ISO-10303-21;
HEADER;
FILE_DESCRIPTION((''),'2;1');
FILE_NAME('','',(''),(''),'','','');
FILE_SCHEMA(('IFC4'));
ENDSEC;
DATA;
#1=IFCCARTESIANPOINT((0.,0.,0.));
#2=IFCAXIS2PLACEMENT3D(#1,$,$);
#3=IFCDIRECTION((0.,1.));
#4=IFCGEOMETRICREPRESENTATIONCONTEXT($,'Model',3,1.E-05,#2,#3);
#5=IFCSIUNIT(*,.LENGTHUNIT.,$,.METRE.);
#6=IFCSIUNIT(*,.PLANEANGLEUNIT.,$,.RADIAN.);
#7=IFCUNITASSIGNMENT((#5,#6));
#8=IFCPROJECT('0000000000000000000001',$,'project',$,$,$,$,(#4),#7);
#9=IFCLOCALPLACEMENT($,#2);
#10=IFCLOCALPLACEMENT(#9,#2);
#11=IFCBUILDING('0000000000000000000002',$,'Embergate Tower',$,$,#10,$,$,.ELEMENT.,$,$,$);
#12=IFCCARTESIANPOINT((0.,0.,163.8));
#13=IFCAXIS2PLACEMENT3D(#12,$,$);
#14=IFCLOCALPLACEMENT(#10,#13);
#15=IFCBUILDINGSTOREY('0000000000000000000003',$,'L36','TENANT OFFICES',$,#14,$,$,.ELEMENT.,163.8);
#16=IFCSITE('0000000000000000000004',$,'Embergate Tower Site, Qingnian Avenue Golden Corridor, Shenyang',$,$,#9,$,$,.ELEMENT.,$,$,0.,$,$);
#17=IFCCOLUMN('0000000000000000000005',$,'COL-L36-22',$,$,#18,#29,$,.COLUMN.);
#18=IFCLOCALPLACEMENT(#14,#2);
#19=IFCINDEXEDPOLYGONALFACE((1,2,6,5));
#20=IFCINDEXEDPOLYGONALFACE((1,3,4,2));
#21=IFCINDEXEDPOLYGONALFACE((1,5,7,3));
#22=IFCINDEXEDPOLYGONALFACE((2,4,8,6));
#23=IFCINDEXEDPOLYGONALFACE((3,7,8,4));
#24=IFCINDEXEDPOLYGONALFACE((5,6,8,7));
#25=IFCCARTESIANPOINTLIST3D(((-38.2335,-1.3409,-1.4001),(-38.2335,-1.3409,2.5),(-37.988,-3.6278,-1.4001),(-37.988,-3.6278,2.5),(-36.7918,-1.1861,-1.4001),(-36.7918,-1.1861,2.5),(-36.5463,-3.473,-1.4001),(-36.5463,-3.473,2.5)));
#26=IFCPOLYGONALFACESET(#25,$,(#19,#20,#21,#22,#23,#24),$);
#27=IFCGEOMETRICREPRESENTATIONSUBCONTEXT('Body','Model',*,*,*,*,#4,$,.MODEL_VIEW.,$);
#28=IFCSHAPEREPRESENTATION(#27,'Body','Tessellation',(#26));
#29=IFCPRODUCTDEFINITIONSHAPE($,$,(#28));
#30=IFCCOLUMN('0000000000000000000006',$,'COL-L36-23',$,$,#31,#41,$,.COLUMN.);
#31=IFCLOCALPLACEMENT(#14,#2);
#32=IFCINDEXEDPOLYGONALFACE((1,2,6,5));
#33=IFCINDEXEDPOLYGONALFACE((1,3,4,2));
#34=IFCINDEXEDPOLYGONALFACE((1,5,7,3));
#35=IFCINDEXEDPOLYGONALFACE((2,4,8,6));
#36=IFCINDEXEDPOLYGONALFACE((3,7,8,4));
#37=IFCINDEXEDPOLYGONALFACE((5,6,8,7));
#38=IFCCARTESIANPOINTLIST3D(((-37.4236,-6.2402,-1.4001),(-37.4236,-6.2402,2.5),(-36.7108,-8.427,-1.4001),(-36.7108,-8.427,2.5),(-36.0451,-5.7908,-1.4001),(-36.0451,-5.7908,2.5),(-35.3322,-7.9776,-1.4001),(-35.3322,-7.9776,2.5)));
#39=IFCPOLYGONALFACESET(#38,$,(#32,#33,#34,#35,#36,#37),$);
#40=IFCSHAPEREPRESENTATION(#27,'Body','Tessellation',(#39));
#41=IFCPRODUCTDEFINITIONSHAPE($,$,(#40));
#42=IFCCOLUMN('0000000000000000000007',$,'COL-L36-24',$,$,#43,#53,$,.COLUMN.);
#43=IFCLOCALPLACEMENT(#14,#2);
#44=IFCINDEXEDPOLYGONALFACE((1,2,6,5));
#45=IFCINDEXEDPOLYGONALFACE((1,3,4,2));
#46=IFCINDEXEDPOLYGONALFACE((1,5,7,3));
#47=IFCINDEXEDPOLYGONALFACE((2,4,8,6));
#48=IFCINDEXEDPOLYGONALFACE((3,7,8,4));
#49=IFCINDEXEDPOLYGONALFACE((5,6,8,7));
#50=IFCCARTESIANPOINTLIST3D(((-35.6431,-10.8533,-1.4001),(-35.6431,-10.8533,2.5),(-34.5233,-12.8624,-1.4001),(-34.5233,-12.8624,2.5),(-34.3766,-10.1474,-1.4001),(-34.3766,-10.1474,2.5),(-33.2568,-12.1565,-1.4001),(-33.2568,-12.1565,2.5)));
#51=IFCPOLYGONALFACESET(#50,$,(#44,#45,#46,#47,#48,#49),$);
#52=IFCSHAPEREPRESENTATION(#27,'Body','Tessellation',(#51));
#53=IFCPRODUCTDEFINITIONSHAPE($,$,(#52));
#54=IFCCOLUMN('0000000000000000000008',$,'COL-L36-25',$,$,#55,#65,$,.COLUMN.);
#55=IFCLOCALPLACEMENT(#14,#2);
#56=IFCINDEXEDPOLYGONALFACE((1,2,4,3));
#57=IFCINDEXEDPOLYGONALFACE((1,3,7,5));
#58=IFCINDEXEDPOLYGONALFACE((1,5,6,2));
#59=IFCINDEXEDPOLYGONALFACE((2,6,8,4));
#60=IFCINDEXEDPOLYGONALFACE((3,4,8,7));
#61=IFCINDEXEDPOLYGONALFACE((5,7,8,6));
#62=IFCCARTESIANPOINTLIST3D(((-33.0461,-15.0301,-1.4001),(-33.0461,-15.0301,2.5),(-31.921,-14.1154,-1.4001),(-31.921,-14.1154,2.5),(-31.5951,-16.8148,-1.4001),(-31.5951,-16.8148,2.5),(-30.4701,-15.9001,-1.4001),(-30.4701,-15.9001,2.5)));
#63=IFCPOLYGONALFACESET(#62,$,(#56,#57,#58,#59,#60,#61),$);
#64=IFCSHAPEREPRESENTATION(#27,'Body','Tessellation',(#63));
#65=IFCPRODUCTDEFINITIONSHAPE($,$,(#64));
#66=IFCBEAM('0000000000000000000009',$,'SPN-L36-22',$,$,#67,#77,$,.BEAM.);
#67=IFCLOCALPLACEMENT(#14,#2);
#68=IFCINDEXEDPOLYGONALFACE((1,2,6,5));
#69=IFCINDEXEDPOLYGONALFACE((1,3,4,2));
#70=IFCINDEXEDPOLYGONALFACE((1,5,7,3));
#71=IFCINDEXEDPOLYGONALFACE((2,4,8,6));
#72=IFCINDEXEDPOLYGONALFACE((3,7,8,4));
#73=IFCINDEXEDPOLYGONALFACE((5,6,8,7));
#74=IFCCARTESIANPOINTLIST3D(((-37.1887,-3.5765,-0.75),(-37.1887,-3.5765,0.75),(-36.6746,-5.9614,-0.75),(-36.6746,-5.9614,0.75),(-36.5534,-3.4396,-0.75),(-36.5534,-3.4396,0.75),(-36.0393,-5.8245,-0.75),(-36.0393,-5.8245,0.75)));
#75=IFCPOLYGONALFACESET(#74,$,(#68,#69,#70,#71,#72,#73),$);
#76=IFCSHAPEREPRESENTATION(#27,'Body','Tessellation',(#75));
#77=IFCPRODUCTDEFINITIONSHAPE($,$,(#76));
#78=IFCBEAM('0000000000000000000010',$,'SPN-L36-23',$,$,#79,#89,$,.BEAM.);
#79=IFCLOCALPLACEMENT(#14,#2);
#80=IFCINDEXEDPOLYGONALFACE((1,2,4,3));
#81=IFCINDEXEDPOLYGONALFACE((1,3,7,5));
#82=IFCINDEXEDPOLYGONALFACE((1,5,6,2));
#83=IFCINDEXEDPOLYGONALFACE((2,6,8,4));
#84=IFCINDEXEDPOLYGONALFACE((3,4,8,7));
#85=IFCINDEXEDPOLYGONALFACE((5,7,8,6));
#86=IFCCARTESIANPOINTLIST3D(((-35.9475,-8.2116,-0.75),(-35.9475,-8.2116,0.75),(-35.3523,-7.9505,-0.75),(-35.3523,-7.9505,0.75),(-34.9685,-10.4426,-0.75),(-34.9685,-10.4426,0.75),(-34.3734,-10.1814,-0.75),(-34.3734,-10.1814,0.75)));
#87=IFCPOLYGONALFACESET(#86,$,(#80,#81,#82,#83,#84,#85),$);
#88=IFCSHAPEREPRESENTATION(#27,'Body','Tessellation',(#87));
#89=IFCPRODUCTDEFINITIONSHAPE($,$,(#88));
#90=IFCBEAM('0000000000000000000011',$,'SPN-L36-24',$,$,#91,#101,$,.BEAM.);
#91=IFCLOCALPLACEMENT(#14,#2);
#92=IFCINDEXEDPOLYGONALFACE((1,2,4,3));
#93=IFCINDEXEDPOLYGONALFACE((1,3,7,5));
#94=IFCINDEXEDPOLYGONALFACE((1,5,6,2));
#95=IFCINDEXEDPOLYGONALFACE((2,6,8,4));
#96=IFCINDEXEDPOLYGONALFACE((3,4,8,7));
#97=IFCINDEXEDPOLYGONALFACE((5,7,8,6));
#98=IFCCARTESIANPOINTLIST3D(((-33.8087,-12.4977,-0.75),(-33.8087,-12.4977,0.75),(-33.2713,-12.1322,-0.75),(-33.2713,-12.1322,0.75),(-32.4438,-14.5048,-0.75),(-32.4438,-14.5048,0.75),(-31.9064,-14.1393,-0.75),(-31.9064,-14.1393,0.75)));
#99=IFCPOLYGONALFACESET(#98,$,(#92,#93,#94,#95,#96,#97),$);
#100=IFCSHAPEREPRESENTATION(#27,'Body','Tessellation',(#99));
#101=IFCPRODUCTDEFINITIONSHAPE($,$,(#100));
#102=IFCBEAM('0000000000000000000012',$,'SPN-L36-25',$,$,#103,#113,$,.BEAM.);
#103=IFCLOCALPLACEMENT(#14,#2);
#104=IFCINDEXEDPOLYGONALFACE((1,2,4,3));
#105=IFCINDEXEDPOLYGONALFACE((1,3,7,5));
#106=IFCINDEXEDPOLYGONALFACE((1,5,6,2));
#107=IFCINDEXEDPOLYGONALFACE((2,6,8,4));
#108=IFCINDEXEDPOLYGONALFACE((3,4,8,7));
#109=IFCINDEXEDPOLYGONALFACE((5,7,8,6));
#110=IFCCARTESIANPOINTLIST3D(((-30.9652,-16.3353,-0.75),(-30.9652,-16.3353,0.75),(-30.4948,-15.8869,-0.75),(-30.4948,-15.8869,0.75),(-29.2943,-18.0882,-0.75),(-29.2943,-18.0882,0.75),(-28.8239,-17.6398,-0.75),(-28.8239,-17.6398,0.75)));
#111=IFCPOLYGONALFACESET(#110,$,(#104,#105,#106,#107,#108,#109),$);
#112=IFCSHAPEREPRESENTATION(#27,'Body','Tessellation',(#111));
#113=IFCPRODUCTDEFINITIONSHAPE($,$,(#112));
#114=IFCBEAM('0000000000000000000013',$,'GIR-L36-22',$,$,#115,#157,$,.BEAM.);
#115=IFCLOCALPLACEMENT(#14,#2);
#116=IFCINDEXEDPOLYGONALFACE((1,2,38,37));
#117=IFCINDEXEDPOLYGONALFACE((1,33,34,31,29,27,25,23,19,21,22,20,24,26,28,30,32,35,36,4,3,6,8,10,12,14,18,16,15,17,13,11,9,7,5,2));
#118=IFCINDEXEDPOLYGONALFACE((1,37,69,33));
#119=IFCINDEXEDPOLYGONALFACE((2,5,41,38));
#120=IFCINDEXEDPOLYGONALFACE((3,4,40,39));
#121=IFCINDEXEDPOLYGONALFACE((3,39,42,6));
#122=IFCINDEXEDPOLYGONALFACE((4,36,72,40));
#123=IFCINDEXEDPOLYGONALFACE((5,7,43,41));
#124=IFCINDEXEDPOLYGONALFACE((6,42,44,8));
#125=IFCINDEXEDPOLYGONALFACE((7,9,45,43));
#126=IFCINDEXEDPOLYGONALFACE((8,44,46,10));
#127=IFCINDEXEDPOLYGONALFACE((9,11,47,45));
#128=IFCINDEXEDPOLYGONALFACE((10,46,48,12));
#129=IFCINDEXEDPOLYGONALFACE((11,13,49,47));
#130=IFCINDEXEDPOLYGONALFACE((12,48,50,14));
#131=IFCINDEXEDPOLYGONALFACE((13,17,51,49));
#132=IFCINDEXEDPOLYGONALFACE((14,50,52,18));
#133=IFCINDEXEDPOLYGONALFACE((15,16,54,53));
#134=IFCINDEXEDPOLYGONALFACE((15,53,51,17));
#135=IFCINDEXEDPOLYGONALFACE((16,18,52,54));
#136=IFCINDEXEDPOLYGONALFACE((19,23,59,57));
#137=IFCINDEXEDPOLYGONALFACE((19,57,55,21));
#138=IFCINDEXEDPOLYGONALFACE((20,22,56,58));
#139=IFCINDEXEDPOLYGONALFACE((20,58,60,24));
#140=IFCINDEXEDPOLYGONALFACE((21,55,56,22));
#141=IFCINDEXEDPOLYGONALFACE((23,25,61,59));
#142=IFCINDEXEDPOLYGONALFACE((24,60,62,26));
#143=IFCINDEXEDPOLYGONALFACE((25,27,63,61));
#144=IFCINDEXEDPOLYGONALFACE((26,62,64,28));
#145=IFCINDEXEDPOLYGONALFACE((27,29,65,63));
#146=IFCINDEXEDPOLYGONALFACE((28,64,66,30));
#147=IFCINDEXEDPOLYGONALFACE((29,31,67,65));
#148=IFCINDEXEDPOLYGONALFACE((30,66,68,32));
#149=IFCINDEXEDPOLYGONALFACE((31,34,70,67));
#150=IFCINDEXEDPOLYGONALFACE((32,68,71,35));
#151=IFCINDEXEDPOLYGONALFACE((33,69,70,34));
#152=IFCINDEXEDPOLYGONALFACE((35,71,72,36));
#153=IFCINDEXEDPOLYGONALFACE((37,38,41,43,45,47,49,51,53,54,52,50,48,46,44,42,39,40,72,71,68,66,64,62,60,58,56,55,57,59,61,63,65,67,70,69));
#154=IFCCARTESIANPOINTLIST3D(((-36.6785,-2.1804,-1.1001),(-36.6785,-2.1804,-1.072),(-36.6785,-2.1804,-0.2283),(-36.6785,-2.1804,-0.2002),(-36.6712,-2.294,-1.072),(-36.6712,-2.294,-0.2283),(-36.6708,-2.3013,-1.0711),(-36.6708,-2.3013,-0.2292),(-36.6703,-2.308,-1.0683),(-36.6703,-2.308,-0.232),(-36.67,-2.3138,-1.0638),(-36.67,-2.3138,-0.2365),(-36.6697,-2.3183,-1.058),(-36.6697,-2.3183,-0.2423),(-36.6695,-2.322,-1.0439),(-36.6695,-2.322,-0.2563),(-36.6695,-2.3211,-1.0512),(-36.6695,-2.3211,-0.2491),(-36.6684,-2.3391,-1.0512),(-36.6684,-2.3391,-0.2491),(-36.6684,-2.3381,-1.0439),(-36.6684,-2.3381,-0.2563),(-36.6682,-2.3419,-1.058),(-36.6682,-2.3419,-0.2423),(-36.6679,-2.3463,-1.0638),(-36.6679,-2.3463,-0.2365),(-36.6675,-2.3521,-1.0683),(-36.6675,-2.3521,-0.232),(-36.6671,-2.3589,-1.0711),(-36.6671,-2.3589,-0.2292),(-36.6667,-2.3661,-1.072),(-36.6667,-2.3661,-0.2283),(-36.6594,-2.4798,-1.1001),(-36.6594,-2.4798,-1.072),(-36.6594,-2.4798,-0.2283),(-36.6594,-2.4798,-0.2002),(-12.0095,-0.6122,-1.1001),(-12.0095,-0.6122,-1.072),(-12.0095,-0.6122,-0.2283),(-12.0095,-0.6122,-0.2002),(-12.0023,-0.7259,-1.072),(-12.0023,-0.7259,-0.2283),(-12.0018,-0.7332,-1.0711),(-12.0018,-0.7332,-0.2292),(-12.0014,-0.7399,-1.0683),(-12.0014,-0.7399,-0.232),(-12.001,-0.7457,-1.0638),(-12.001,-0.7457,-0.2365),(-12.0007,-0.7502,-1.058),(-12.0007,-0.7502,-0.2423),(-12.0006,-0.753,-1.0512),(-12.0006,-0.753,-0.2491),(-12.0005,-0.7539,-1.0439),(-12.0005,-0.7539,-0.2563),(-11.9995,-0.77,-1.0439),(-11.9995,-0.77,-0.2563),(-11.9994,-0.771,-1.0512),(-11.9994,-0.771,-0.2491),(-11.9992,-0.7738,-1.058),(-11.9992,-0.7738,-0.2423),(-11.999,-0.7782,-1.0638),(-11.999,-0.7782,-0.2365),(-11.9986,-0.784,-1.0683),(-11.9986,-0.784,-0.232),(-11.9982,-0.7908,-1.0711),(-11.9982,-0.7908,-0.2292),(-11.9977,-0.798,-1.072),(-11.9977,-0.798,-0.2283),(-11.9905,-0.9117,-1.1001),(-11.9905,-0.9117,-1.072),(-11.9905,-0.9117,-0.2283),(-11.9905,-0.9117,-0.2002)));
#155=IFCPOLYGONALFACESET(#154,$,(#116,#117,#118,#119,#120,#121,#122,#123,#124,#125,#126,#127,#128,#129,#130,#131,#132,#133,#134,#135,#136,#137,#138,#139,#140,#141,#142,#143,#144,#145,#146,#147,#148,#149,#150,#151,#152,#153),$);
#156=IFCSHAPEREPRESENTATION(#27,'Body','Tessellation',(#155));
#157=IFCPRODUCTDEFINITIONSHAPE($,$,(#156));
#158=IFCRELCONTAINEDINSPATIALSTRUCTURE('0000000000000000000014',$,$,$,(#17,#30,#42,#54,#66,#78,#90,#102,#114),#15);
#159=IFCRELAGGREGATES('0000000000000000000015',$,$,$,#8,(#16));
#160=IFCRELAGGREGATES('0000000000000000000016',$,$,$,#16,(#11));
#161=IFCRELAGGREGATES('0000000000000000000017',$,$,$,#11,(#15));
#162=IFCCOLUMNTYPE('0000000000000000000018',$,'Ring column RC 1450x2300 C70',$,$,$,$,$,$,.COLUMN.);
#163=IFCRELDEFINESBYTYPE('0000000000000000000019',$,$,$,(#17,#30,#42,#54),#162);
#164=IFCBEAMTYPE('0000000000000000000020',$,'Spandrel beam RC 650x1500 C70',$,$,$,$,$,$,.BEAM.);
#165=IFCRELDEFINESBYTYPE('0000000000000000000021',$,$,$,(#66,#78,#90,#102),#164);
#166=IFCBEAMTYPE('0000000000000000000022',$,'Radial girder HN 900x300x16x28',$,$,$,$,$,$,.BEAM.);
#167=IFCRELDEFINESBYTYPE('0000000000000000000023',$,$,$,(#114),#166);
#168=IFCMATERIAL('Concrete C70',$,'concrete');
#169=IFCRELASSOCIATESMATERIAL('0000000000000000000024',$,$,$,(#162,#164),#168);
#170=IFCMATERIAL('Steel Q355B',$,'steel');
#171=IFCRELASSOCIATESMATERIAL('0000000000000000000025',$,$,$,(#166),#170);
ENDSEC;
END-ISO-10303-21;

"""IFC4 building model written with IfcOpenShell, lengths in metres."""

from ifc_helpers import new_model, si_unit, direction, frame, origin, origin_2d, place, context, subcontext, project, spatial, rectangle, i_section, extrude, source, transform, mapped, material, material_profile, profile_set, type_object, element, save


model = new_model("IFC4")

# Units and contexts
model_context = context("Model", 3, precision=1e-05, world=origin(), true_north=direction((0.0, 1.0)))
body_context = subcontext(model_context, "Body", "Model", "MODEL_VIEW")
ifc_project = project(units=[si_unit("LENGTHUNIT", "METRE"), si_unit("PLANEANGLEUNIT", "RADIAN")], contexts=[model_context])

# Site, building, storey
site_placement = place(None, origin())
site = spatial("IfcSite", under=ifc_project, at=site_placement, Name="Embergate Tower Site, Qingnian Avenue Golden Corridor, Shenyang", CompositionType="ELEMENT", RefElevation=0.0)
building_placement = place(site_placement, origin())
building = spatial("IfcBuilding", under=site, at=building_placement, Name="Embergate Tower", CompositionType="ELEMENT")
storey_placement = place(building_placement, frame((0.0, 0.0, 163.8)))
storey = spatial("IfcBuildingStorey", under=building, at=storey_placement, Name="L36", Description="TENANT OFFICES", CompositionType="ELEMENT", Elevation=163.8)

# Columns
ifc_material_1 = material(Name="Concrete C70", Category="concrete")
ifc_material_profile_1 = material_profile(ifc_material_1, rectangle(XDim=1.45, YDim=2.3, at=origin_2d()), Name="RC 1450x2300")
ifc_profile_set_1 = profile_set([ifc_material_profile_1], Name="Concrete C70")
column_type = type_object("IfcColumnType", Name="Ring column RC 1450x2300 C70", PredefinedType="COLUMN", material=ifc_profile_set_1)
shared_shape_1 = source(origin(), body_context, "Body", "SweptSolid", [
    extrude(rectangle(XDim=1.45, YDim=2.3, at=origin_2d()), origin(), (0.0, 0.0, 1.0), 3.9001),
])
for number, where, z_axis, x_axis, name in (
    (1, (-37.3899, -2.407, -1.4001), (0.0, 0.0, 1.0), (-0.994286, -0.10675, 0.0), "COL-L36-22"),
    (2, (-36.3779, -7.1089, -1.4001), (0.0, 0.0, 1.0), (-0.950754, -0.309946, 0.0), "COL-L36-23"),
    (3, (-34.45, -11.5049, -1.4001), (0.0, 0.0, 1.0), (-0.873492, -0.486839, 0.0), "COL-L36-24"),
    (4, (-31.7581, -15.4651, -1.4001), (0.0, 0.0, 1.0), (-0.775914, -0.630838, 0.0), "COL-L36-25"),
):
    element("IfcColumn", number, at=place(storey_placement, frame(where, z_axis=z_axis, x_axis=x_axis)), inside=storey, type_object=column_type, Name=name, PredefinedType="COLUMN", context=body_context, shape_type="MappedRepresentation", body=[
        mapped(shared_shape_1, transform((0.0, 0.0, 0.0))),
    ])

# Beams
ifc_material_profile_2 = material_profile(ifc_material_1, rectangle(XDim=0.6499, YDim=1.5, at=origin_2d()), Name="RC 650x1500")
ifc_profile_set_2 = profile_set([ifc_material_profile_2], Name="Concrete C70")
beam_type_1 = type_object("IfcBeamType", Name="Spandrel beam RC 650x1500 C70", PredefinedType="BEAM", material=ifc_profile_set_2)
shared_shape_2 = source(origin(), body_context, "Body", "SweptSolid", [
    extrude(rectangle(XDim=0.6499, YDim=1.5, at=origin_2d()), origin(), (0.0, 0.0, 1.0), 2.4397),
])
beam_1_placement = place(storey_placement, frame((-36.8711, -3.5081, 0.0), z_axis=(0.210739, -0.977542, 0.0), x_axis=(0.977542, 0.210739, 0.0)))
element("IfcBeam", 5, at=beam_1_placement, inside=storey, type_object=beam_type_1, Name="SPN-L36-22", PredefinedType="BEAM", context=body_context, shape_type="MappedRepresentation", body=[
    mapped(shared_shape_2, transform((0.0, 0.0, 0.0))),
])
shared_shape_3 = source(origin(), body_context, "Body", "SweptSolid", [
    extrude(rectangle(XDim=0.6499, YDim=1.5, at=origin_2d()), origin(), (0.0, 0.0, 1.0), 2.4363),
])
beam_2_placement = place(storey_placement, frame((-35.6499, -8.0811, 0.0), z_axis=(0.401838, -0.915711, 0.0), x_axis=(0.915711, 0.401838, 0.0)))
element("IfcBeam", 6, at=beam_2_placement, inside=storey, type_object=beam_type_1, Name="SPN-L36-23", PredefinedType="BEAM", context=body_context, shape_type="MappedRepresentation", body=[
    mapped(shared_shape_3, transform((0.0, 0.0, 0.0))),
])
shared_shape_4 = source(origin(), body_context, "Body", "SweptSolid", [
    extrude(rectangle(XDim=0.6499, YDim=1.5, at=origin_2d()), origin(), (0.0, 0.0, 1.0), 2.4272),
])
beam_3_placement = place(storey_placement, frame((-33.54, -12.3149, 0.0), z_axis=(0.56236, -0.826893, 0.0), x_axis=(0.826893, 0.56236, 0.0)))
element("IfcBeam", 7, at=beam_3_placement, inside=storey, type_object=beam_type_1, Name="SPN-L36-24", PredefinedType="BEAM", context=body_context, shape_type="MappedRepresentation", body=[
    mapped(shared_shape_4, transform((0.0, 0.0, 0.0))),
])
shared_shape_5 = source(origin(), body_context, "Body", "SweptSolid", [
    extrude(rectangle(XDim=0.6499, YDim=1.5, at=origin_2d()), origin(), (0.0, 0.0, 1.0), 2.4216),
])
beam_4_placement = place(storey_placement, frame((-30.73, -16.1111, 0.0), z_axis=(0.689967, -0.723841, 0.0), x_axis=(0.723841, 0.689967, 0.0)))
element("IfcBeam", 8, at=beam_4_placement, inside=storey, type_object=beam_type_1, Name="SPN-L36-25", PredefinedType="BEAM", context=body_context, shape_type="MappedRepresentation", body=[
    mapped(shared_shape_5, transform((0.0, 0.0, 0.0))),
])
ifc_material_2 = material(Name="Steel Q355B", Category="steel")
ifc_material_profile_3 = material_profile(ifc_material_2, i_section(OverallWidth=0.3, OverallDepth=0.8999, WebThickness=0.0161, FlangeThickness=0.0281, FilletRadius=0.0281, at=origin_2d()), Name="HN 900x300x16x28")
ifc_profile_set_3 = profile_set([ifc_material_profile_3], Name="Steel Q355 grade B")
beam_type_2 = type_object("IfcBeamType", Name="Radial girder HN 900x300x16x28", PredefinedType="BEAM", material=ifc_profile_set_3)
shared_shape_6 = source(origin(), body_context, "Body", "SweptSolid", [
    extrude(i_section(OverallWidth=0.3, OverallDepth=0.8999, WebThickness=0.0161, FlangeThickness=0.0281, FilletRadius=0.0281, at=origin_2d()), origin(), (0.0, 0.0, 1.0), 24.7188),
])
beam_5_placement = place(storey_placement, frame((-36.6689, -2.3301, -0.6501), z_axis=(0.997986, 0.063438, 0.0), x_axis=(-0.063438, 0.997986, 0.0)))
element("IfcBeam", 9, at=beam_5_placement, inside=storey, type_object=beam_type_2, Name="GIR-L36-22", PredefinedType="BEAM", context=body_context, shape_type="MappedRepresentation", body=[
    mapped(shared_shape_6, transform((0.0, 0.0, 0.0))),
])

save(model, "model.ifc")
